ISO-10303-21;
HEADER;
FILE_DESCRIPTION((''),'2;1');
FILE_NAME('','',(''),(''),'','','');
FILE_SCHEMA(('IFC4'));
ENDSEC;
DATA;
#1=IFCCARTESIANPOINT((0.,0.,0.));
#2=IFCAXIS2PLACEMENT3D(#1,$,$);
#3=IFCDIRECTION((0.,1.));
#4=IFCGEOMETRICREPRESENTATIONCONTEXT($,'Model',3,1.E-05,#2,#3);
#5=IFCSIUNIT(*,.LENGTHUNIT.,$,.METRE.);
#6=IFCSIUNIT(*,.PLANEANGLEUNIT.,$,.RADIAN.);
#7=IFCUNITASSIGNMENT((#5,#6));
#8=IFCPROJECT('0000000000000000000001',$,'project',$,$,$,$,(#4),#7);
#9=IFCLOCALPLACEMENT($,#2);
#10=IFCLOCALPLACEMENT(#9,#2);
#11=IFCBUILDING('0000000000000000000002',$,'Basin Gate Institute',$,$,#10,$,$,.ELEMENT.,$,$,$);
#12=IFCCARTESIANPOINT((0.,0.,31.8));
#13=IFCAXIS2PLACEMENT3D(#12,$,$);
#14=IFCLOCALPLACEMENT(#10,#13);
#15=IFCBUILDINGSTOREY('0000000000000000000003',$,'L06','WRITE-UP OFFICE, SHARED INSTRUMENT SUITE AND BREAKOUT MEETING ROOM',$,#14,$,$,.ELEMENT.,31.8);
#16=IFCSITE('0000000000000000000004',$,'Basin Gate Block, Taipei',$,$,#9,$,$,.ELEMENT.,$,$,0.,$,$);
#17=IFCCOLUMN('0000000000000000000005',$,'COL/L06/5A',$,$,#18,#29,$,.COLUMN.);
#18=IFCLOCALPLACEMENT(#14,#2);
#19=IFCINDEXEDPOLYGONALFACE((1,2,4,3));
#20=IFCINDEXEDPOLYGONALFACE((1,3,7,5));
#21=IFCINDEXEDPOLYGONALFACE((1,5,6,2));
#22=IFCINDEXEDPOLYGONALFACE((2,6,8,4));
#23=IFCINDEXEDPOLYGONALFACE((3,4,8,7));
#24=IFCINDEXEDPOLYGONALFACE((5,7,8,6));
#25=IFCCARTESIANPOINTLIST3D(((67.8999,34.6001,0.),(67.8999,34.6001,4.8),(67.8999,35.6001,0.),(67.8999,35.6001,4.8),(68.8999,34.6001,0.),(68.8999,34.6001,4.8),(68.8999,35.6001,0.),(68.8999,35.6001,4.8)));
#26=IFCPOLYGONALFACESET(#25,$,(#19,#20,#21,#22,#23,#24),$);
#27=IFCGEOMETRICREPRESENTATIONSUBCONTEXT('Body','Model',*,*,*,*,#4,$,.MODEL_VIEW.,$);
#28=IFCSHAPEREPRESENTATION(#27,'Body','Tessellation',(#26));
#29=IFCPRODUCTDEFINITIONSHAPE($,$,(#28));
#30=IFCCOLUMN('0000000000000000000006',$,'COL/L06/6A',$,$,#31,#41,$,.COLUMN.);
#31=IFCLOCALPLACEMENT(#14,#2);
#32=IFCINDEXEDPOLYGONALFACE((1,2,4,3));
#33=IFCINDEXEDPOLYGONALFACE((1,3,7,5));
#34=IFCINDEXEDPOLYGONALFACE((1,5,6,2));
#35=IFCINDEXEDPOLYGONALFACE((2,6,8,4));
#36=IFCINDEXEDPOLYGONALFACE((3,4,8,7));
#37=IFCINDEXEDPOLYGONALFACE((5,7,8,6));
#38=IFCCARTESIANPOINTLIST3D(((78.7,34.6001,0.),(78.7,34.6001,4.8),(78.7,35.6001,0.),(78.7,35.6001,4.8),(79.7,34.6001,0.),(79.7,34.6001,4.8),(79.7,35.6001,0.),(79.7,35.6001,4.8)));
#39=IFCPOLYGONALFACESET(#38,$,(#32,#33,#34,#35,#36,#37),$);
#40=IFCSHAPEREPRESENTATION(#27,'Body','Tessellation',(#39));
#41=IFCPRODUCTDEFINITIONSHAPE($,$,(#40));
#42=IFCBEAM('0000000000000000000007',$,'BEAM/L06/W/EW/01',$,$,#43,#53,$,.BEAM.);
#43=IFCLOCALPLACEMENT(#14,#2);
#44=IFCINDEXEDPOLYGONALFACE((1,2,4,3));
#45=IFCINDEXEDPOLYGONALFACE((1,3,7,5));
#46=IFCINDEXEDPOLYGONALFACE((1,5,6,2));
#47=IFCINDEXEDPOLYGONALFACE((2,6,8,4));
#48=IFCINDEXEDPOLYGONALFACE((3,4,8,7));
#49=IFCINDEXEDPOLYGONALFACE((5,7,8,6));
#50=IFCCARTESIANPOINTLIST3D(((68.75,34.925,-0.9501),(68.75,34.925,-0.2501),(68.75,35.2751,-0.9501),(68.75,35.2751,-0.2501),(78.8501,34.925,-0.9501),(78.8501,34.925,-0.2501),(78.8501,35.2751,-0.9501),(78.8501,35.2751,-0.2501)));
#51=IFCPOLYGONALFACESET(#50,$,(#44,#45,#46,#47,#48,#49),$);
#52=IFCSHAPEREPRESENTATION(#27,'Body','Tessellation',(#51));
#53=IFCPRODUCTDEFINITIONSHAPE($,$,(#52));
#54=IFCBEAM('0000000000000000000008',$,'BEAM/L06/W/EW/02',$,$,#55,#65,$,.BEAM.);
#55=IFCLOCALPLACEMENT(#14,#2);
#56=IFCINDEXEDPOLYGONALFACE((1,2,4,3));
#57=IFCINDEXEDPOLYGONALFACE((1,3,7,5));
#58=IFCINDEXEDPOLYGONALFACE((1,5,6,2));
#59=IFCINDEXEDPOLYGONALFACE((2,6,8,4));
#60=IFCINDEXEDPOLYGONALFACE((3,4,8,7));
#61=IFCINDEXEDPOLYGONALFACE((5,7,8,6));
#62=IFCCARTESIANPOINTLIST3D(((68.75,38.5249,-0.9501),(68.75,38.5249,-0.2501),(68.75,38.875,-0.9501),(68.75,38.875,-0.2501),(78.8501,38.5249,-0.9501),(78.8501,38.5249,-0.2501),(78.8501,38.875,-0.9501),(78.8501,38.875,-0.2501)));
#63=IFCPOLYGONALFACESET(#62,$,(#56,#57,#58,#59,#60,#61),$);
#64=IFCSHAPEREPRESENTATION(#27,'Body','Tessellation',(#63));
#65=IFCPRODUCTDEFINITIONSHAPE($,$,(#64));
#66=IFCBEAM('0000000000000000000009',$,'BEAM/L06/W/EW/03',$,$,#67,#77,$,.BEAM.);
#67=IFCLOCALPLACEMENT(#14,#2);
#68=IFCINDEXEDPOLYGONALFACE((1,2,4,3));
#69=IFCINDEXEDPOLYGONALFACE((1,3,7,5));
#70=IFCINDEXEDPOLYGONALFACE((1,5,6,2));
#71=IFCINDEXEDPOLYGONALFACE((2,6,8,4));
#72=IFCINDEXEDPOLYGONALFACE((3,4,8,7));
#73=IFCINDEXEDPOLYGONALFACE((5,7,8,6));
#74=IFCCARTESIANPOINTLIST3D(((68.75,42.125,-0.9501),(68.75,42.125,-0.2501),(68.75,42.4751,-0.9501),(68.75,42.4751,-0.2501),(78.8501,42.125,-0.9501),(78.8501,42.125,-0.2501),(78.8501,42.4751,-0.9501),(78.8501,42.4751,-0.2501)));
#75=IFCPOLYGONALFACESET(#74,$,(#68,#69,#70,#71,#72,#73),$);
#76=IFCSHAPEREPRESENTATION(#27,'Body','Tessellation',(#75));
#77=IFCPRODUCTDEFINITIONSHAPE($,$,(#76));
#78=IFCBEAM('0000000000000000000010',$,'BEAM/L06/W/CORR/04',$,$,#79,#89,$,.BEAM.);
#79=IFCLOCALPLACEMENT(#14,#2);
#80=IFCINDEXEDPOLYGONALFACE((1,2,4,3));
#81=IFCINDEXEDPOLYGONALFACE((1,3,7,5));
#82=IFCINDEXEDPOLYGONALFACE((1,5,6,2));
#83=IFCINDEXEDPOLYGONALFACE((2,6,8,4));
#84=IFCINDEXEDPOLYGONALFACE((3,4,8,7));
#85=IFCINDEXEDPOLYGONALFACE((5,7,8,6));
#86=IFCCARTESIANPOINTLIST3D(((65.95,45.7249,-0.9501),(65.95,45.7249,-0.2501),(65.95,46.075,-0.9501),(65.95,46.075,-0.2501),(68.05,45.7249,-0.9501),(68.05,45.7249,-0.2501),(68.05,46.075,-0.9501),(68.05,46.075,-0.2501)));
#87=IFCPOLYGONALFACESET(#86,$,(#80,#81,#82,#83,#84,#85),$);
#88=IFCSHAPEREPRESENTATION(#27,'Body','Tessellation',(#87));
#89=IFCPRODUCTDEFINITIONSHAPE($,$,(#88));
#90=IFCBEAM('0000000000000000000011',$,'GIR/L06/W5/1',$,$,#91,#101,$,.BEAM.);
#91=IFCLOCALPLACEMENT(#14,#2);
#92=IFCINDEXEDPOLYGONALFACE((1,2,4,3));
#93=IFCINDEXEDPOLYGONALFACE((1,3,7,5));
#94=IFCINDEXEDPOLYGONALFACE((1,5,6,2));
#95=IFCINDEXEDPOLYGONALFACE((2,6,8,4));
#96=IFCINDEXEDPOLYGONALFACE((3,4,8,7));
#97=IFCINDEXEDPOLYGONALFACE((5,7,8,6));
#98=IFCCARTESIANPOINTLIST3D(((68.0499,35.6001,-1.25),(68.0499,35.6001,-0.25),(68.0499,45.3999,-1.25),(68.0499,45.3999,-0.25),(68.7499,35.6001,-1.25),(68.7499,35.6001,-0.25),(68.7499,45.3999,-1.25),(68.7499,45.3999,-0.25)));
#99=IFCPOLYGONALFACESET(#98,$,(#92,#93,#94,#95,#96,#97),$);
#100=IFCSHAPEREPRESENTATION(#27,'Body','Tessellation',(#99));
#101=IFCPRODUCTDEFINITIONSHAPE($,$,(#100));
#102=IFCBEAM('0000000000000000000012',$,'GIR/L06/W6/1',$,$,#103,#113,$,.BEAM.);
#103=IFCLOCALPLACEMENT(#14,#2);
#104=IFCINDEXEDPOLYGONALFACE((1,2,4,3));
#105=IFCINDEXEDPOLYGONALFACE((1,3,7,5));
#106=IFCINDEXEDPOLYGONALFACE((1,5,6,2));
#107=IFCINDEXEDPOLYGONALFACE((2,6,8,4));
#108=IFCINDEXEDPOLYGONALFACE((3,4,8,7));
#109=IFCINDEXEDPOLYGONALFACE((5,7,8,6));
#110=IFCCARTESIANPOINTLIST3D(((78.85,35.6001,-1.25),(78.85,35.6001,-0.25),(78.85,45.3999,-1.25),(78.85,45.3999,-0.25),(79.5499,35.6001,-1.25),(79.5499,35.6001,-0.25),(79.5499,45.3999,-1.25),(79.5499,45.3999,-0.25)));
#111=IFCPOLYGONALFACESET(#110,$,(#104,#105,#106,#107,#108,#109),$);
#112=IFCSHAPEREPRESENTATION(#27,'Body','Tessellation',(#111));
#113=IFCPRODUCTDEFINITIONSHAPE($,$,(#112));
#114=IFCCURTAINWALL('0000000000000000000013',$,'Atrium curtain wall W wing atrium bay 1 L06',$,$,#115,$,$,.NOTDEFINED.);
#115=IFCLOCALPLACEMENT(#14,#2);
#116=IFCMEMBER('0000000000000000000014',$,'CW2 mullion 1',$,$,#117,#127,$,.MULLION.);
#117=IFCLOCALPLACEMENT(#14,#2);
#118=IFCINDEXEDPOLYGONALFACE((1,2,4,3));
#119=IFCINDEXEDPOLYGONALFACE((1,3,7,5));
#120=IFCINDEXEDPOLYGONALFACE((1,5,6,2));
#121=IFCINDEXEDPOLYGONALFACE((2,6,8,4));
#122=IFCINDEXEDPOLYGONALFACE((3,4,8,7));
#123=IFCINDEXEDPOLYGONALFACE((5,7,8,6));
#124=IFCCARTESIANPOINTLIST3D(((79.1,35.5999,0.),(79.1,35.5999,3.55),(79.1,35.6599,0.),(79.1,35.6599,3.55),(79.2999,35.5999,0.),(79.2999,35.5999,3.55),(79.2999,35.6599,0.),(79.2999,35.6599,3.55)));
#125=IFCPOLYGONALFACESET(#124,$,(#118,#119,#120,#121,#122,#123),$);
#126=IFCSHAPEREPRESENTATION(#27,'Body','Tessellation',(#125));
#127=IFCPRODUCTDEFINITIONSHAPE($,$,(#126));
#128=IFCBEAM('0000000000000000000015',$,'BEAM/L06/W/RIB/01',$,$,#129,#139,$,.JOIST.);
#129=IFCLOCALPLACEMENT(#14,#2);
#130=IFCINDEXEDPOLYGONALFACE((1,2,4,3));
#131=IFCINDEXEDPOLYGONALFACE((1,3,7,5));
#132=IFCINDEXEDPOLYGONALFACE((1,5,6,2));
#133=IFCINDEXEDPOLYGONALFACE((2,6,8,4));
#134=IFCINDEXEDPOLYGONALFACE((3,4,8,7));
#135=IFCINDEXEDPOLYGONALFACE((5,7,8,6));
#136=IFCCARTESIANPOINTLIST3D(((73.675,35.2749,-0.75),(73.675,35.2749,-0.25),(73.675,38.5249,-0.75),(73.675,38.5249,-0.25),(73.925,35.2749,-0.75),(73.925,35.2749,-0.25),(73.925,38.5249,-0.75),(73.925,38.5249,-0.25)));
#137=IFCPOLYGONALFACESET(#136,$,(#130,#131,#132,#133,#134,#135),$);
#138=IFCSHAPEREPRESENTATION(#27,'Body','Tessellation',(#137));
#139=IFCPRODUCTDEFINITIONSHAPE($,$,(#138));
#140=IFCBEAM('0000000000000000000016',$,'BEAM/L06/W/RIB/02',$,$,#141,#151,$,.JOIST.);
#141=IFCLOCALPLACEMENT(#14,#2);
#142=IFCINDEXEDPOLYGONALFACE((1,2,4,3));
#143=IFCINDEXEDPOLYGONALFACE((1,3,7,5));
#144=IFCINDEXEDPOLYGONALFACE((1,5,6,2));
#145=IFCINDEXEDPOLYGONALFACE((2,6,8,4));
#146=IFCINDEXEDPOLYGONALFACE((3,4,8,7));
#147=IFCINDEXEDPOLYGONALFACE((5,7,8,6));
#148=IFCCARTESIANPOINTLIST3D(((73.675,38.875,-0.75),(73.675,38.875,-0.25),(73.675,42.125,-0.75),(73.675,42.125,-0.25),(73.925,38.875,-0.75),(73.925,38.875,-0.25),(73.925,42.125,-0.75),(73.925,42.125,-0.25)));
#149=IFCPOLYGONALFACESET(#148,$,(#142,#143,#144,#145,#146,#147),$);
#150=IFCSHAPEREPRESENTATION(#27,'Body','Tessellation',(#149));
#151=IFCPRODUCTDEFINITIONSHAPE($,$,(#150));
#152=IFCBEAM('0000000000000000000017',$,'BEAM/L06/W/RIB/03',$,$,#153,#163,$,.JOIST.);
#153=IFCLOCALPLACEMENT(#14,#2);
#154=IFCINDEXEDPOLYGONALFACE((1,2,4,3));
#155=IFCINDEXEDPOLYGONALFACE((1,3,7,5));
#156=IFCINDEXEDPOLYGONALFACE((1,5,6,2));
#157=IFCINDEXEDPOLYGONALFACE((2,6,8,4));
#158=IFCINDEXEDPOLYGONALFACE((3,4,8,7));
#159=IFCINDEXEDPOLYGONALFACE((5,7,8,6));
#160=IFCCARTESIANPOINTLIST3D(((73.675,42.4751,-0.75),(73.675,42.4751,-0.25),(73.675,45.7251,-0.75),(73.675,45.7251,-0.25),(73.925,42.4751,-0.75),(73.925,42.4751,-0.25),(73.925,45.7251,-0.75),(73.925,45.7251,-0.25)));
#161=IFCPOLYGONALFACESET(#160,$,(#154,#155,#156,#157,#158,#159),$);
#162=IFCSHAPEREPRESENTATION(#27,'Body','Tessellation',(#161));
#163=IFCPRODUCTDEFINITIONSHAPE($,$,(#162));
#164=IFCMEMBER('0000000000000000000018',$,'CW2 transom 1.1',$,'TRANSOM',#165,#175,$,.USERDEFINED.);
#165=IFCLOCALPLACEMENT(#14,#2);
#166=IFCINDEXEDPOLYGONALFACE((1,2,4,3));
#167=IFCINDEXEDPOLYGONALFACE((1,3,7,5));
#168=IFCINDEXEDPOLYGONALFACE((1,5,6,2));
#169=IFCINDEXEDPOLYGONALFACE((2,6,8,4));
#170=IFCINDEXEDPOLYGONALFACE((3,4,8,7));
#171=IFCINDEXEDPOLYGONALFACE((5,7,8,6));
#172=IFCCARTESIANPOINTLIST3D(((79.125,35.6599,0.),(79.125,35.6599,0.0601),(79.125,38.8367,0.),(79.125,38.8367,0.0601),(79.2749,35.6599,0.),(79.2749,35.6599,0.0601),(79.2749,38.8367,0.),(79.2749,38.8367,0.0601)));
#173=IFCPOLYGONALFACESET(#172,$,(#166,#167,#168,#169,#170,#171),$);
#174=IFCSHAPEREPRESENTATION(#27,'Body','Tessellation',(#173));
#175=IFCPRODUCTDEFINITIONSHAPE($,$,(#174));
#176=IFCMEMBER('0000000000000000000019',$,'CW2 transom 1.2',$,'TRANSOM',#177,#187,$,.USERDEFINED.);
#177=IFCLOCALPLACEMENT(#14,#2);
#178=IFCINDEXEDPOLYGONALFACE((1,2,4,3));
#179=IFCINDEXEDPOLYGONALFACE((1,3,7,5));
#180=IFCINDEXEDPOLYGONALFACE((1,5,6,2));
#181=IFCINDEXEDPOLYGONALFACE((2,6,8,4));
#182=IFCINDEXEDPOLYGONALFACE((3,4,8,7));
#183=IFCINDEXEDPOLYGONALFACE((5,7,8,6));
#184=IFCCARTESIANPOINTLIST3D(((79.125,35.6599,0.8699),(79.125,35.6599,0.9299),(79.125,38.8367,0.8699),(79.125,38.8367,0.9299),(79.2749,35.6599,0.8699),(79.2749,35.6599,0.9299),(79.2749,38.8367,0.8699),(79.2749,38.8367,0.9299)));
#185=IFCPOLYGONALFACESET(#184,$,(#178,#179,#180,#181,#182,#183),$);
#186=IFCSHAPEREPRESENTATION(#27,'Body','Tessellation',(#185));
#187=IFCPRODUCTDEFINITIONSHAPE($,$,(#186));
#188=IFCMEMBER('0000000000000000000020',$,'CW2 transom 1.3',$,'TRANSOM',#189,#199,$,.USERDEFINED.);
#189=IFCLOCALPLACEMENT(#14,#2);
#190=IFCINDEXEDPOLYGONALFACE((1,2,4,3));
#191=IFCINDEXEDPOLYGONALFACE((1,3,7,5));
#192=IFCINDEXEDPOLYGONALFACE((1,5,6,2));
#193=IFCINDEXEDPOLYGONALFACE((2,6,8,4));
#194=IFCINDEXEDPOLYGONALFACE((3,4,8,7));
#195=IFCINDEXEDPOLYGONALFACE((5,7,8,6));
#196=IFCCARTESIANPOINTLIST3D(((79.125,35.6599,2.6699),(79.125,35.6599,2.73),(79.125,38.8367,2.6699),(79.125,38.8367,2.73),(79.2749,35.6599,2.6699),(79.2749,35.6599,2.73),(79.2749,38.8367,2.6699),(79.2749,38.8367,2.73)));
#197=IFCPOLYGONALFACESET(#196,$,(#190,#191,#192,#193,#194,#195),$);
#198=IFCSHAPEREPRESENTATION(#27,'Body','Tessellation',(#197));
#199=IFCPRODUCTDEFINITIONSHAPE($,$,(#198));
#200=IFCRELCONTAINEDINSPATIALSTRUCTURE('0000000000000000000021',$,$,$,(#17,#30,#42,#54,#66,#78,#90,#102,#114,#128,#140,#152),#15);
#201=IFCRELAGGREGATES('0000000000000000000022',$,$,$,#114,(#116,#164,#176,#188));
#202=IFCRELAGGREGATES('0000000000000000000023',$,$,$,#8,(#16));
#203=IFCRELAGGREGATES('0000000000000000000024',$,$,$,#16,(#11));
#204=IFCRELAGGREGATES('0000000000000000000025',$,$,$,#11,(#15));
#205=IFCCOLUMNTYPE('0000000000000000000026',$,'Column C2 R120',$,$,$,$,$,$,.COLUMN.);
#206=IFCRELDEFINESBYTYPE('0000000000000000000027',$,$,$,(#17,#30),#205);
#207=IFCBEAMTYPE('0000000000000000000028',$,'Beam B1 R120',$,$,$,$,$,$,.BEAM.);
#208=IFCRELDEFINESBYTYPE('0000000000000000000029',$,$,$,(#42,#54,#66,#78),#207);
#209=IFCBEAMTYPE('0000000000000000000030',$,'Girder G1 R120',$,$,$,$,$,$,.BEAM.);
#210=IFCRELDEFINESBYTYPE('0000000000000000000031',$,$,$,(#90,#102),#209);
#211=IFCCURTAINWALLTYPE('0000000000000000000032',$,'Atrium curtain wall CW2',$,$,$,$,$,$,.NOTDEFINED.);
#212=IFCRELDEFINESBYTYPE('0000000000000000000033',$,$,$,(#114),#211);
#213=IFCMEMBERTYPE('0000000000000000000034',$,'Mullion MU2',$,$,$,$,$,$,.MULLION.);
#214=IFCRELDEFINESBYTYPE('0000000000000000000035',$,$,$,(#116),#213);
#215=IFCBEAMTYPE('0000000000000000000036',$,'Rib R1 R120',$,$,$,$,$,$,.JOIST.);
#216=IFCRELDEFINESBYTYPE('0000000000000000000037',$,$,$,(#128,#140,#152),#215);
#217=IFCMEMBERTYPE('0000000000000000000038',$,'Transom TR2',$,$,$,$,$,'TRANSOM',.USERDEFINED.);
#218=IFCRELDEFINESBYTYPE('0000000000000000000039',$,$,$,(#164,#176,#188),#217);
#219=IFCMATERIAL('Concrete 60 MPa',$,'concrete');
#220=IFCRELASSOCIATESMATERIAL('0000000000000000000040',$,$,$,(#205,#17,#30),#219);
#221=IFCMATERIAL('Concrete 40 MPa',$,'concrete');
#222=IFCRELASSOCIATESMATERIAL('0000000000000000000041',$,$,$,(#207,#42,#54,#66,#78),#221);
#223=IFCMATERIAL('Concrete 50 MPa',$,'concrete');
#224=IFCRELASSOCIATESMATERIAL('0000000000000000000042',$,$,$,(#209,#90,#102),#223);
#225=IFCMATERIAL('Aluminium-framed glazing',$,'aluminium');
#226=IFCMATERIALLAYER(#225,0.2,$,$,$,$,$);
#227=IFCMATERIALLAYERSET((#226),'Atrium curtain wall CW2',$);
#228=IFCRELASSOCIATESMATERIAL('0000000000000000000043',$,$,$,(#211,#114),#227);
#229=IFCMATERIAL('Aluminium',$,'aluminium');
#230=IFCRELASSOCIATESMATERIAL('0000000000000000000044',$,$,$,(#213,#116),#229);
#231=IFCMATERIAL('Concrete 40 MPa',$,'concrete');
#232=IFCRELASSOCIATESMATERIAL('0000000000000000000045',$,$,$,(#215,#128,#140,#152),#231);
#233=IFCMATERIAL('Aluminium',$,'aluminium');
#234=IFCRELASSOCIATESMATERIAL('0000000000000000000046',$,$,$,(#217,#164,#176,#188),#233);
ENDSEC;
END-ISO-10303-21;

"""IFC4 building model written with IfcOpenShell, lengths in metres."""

from ifc_helpers import new_model, si_unit, direction, frame, origin, origin_2d, place, context, subcontext, project, spatial, rectangle, extrude, material, layer, layer_set, material_profile, profile_set, type_object, element, aggregate, save


model = new_model("IFC4")

# Units and contexts
model_context = context("Model", 3, precision=1e-05, world=origin(), true_north=direction((0.0, 1.0)))
body_context = subcontext(model_context, "Body", "Model", "MODEL_VIEW")
ifc_project = project(units=[si_unit("LENGTHUNIT", "METRE"), si_unit("PLANEANGLEUNIT", "RADIAN")], contexts=[model_context])

# Site, building, storey
site_placement = place(None, origin())
site = spatial("IfcSite", under=ifc_project, at=site_placement, Name="Basin Gate Block, Taipei", CompositionType="ELEMENT", RefElevation=0.0)
building_placement = place(site_placement, origin())
building = spatial("IfcBuilding", under=site, at=building_placement, Name="Basin Gate Institute", CompositionType="ELEMENT")
storey_placement = place(building_placement, frame((0.0, 0.0, 31.8)))
storey = spatial("IfcBuildingStorey", under=building, at=storey_placement, Name="L06", Description="WRITE-UP OFFICE, SHARED INSTRUMENT SUITE AND BREAKOUT MEETING ROOM", CompositionType="ELEMENT", Elevation=31.8)

# Columns
ifc_material_1 = material(Name="Concrete 60 MPa", Category="concrete")
ifc_material_profile_1 = material_profile(ifc_material_1, rectangle(XDim=1.0, YDim=1.0, at=origin_2d()), Name="Column C2 1000 x 1000")
ifc_profile_set_1 = profile_set([ifc_material_profile_1], Name="Concrete 60 MPa")
column_type = type_object("IfcColumnType", Name="Column C2 R120", PredefinedType="COLUMN", material=ifc_profile_set_1)
for number, where, z_axis, x_axis, name in (
    (1, (68.3999, 35.1001, 0.0), (0.0, 0.0, 1.0), (1.0, 0.0, 0.0), "COL/L06/5A"),
    (2, (79.2, 35.1001, 0.0), (0.0, 0.0, 1.0), (1.0, 0.0, 0.0), "COL/L06/6A"),
):
    element("IfcColumn", number, at=place(storey_placement, frame(where, z_axis=z_axis, x_axis=x_axis)), inside=storey, type_object=column_type, material=ifc_profile_set_1, Name=name, PredefinedType="COLUMN", context=body_context, shape_type="SweptSolid", body=[
        extrude(rectangle(XDim=1.0, YDim=1.0, at=origin_2d()), origin(), (0.0, 0.0, 1.0), 4.8),
    ])

# Beams
ifc_material_2 = material(Name="Concrete 40 MPa", Category="concrete")
ifc_material_profile_2 = material_profile(ifc_material_2, rectangle(XDim=0.3501, YDim=0.7, at=origin_2d()), Name="Beam B1 350 x 700")
ifc_profile_set_2 = profile_set([ifc_material_profile_2], Name="Concrete 40 MPa")
beam_type_1 = type_object("IfcBeamType", Name="Beam B1 R120", PredefinedType="BEAM", material=ifc_profile_set_2)
for number, where, z_axis, x_axis, name in (
    (3, (68.75, 35.1001, -0.6001), (1.0, 0.0, 0.0), (0.0, 1.0, 0.0), "BEAM/L06/W/EW/01"),
    (4, (68.75, 38.7, -0.6001), (1.0, 0.0, 0.0), (0.0, 1.0, 0.0), "BEAM/L06/W/EW/02"),
    (5, (68.75, 42.3, -0.6001), (1.0, 0.0, 0.0), (0.0, 1.0, 0.0), "BEAM/L06/W/EW/03"),
):
    element("IfcBeam", number, at=place(storey_placement, frame(where, z_axis=z_axis, x_axis=x_axis)), inside=storey, type_object=beam_type_1, material=ifc_profile_set_2, Name=name, PredefinedType="BEAM", context=body_context, shape_type="SweptSolid", body=[
        extrude(rectangle(XDim=0.3501, YDim=0.7, at=origin_2d()), origin(), (0.0, 0.0, 1.0), 10.1001),
    ])
beam_placement = place(storey_placement, frame((65.95, 45.8999, -0.6001), z_axis=(1.0, 0.0, 0.0), x_axis=(0.0, 1.0, 0.0)))
element("IfcBeam", 6, at=beam_placement, inside=storey, type_object=beam_type_1, material=ifc_profile_set_2, Name="BEAM/L06/W/CORR/04", PredefinedType="BEAM", context=body_context, shape_type="SweptSolid", body=[
    extrude(rectangle(XDim=0.3501, YDim=0.7, at=origin_2d()), origin(), (0.0, 0.0, 1.0), 2.1001),
])
ifc_material_3 = material(Name="Concrete 50 MPa", Category="concrete")
ifc_material_profile_3 = material_profile(ifc_material_3, rectangle(XDim=0.7, YDim=1.0, at=origin_2d()), Name="Girder G1 700 x 1000")
ifc_profile_set_3 = profile_set([ifc_material_profile_3], Name="Concrete 50 MPa")
beam_type_2 = type_object("IfcBeamType", Name="Girder G1 R120", PredefinedType="BEAM", material=ifc_profile_set_3)
for number, where, z_axis, x_axis, name in (
    (7, (68.3999, 35.6001, -0.75), (0.0, 1.0, 0.0), (-1.0, 0.0, 0.0), "GIR/L06/W5/1"),
    (8, (79.2, 35.6001, -0.75), (0.0, 1.0, 0.0), (-1.0, 0.0, 0.0), "GIR/L06/W6/1"),
):
    element("IfcBeam", number, at=place(storey_placement, frame(where, z_axis=z_axis, x_axis=x_axis)), inside=storey, type_object=beam_type_2, material=ifc_profile_set_3, Name=name, PredefinedType="BEAM", context=body_context, shape_type="SweptSolid", body=[
        extrude(rectangle(XDim=0.7, YDim=1.0, at=origin_2d()), origin(), (0.0, 0.0, 1.0), 9.7998),
    ])

# Curtain wall, member
ifc_material_4 = material(Name="Aluminium-framed glazing", Category="aluminium")
ifc_layer_1 = layer(ifc_material_4, 0.2)
ifc_layer_set_1 = layer_set([ifc_layer_1], Name="Atrium curtain wall CW2")
curtain_wall_type = type_object("IfcCurtainWallType", Name="Atrium curtain wall CW2", PredefinedType="NOTDEFINED", material=ifc_layer_set_1)
curtain_wall_placement = place(storey_placement, origin())
curtain_wall = element("IfcCurtainWall", 9, at=curtain_wall_placement, inside=storey, type_object=curtain_wall_type, material=ifc_layer_set_1, Name="Atrium curtain wall W wing atrium bay 1 L06", PredefinedType="NOTDEFINED")
ifc_material_5 = material(Name="Aluminium", Category="aluminium")
ifc_material_profile_4 = material_profile(ifc_material_5, rectangle(XDim=0.2, YDim=0.0601, at=origin_2d()), Name="Mullion MU2 200 x 60")
ifc_profile_set_4 = profile_set([ifc_material_profile_4], Name="Aluminium")
member_type_1 = type_object("IfcMemberType", Name="Mullion MU2", PredefinedType="MULLION", material=ifc_profile_set_4)
member_1_placement = place(storey_placement, frame((79.2, 35.6299, 0.0), z_axis=(0.0, 0.0, 1.0), x_axis=(-1.0, 0.0, 0.0)))
member_1 = element("IfcMember", 10, at=member_1_placement, type_object=member_type_1, material=ifc_profile_set_4, Name="CW2 mullion 1", PredefinedType="MULLION", context=body_context, shape_type="SweptSolid", body=[
    extrude(rectangle(XDim=0.2, YDim=0.0601, at=origin_2d()), origin(), (0.0, 0.0, 1.0), 3.55),
])

# Beams
ifc_material_6 = material(Name="Concrete 40 MPa", Category="concrete")
ifc_material_profile_5 = material_profile(ifc_material_6, rectangle(XDim=0.25, YDim=0.5, at=origin_2d()), Name="Rib R1 250 x 500")
ifc_profile_set_5 = profile_set([ifc_material_profile_5], Name="Concrete 40 MPa")
beam_type_3 = type_object("IfcBeamType", Name="Rib R1 R120", PredefinedType="JOIST", material=ifc_profile_set_5)
for number, where, z_axis, x_axis, name in (
    (11, (73.8, 35.2749, -0.5), (0.0, 1.0, 0.0), (-1.0, 0.0, 0.0), "BEAM/L06/W/RIB/01"),
    (12, (73.8, 38.875, -0.5), (0.0, 1.0, 0.0), (-1.0, 0.0, 0.0), "BEAM/L06/W/RIB/02"),
    (13, (73.8, 42.4751, -0.5), (0.0, 1.0, 0.0), (-1.0, 0.0, 0.0), "BEAM/L06/W/RIB/03"),
):
    element("IfcBeam", number, at=place(storey_placement, frame(where, z_axis=z_axis, x_axis=x_axis)), inside=storey, type_object=beam_type_3, material=ifc_profile_set_5, Name=name, PredefinedType="JOIST", context=body_context, shape_type="SweptSolid", body=[
        extrude(rectangle(XDim=0.25, YDim=0.5, at=origin_2d()), origin(), (0.0, 0.0, 1.0), 3.25),
    ])

# Members
ifc_material_7 = material(Name="Aluminium", Category="aluminium")
ifc_material_profile_6 = material_profile(ifc_material_7, rectangle(XDim=0.1499, YDim=0.0601, at=origin_2d()), Name="Transom TR2 150 x 60")
ifc_profile_set_6 = profile_set([ifc_material_profile_6], Name="Aluminium")
member_type_2 = type_object("IfcMemberType", Name="Transom TR2", ElementType="TRANSOM", PredefinedType="USERDEFINED", material=ifc_profile_set_6)
member_2_placement = place(storey_placement, frame((79.2, 35.6599, 0.03), z_axis=(0.0, 1.0, 0.0), x_axis=(-1.0, 0.0, 0.0)))
member_2 = element("IfcMember", 14, at=member_2_placement, type_object=member_type_2, material=ifc_profile_set_6, Name="CW2 transom 1.1", ObjectType="TRANSOM", PredefinedType="USERDEFINED", context=body_context, shape_type="SweptSolid", body=[
    extrude(rectangle(XDim=0.1499, YDim=0.0601, at=origin_2d()), origin(), (0.0, 0.0, 1.0), 3.1768),
])
member_3_placement = place(storey_placement, frame((79.2, 35.6599, 0.8999), z_axis=(0.0, 1.0, 0.0), x_axis=(-1.0, 0.0, 0.0)))
member_3 = element("IfcMember", 15, at=member_3_placement, type_object=member_type_2, material=ifc_profile_set_6, Name="CW2 transom 1.2", ObjectType="TRANSOM", PredefinedType="USERDEFINED", context=body_context, shape_type="SweptSolid", body=[
    extrude(rectangle(XDim=0.1499, YDim=0.0601, at=origin_2d()), origin(), (0.0, 0.0, 1.0), 3.1768),
])
member_4_placement = place(storey_placement, frame((79.2, 35.6599, 2.7), z_axis=(0.0, 1.0, 0.0), x_axis=(-1.0, 0.0, 0.0)))
member_4 = element("IfcMember", 16, at=member_4_placement, type_object=member_type_2, material=ifc_profile_set_6, Name="CW2 transom 1.3", ObjectType="TRANSOM", PredefinedType="USERDEFINED", context=body_context, shape_type="SweptSolid", body=[
    extrude(rectangle(XDim=0.1499, YDim=0.0601, at=origin_2d()), origin(), (0.0, 0.0, 1.0), 3.1768),
])
aggregate(curtain_wall, [member_1, member_2, member_3, member_4])

save(model, "model.ifc")
